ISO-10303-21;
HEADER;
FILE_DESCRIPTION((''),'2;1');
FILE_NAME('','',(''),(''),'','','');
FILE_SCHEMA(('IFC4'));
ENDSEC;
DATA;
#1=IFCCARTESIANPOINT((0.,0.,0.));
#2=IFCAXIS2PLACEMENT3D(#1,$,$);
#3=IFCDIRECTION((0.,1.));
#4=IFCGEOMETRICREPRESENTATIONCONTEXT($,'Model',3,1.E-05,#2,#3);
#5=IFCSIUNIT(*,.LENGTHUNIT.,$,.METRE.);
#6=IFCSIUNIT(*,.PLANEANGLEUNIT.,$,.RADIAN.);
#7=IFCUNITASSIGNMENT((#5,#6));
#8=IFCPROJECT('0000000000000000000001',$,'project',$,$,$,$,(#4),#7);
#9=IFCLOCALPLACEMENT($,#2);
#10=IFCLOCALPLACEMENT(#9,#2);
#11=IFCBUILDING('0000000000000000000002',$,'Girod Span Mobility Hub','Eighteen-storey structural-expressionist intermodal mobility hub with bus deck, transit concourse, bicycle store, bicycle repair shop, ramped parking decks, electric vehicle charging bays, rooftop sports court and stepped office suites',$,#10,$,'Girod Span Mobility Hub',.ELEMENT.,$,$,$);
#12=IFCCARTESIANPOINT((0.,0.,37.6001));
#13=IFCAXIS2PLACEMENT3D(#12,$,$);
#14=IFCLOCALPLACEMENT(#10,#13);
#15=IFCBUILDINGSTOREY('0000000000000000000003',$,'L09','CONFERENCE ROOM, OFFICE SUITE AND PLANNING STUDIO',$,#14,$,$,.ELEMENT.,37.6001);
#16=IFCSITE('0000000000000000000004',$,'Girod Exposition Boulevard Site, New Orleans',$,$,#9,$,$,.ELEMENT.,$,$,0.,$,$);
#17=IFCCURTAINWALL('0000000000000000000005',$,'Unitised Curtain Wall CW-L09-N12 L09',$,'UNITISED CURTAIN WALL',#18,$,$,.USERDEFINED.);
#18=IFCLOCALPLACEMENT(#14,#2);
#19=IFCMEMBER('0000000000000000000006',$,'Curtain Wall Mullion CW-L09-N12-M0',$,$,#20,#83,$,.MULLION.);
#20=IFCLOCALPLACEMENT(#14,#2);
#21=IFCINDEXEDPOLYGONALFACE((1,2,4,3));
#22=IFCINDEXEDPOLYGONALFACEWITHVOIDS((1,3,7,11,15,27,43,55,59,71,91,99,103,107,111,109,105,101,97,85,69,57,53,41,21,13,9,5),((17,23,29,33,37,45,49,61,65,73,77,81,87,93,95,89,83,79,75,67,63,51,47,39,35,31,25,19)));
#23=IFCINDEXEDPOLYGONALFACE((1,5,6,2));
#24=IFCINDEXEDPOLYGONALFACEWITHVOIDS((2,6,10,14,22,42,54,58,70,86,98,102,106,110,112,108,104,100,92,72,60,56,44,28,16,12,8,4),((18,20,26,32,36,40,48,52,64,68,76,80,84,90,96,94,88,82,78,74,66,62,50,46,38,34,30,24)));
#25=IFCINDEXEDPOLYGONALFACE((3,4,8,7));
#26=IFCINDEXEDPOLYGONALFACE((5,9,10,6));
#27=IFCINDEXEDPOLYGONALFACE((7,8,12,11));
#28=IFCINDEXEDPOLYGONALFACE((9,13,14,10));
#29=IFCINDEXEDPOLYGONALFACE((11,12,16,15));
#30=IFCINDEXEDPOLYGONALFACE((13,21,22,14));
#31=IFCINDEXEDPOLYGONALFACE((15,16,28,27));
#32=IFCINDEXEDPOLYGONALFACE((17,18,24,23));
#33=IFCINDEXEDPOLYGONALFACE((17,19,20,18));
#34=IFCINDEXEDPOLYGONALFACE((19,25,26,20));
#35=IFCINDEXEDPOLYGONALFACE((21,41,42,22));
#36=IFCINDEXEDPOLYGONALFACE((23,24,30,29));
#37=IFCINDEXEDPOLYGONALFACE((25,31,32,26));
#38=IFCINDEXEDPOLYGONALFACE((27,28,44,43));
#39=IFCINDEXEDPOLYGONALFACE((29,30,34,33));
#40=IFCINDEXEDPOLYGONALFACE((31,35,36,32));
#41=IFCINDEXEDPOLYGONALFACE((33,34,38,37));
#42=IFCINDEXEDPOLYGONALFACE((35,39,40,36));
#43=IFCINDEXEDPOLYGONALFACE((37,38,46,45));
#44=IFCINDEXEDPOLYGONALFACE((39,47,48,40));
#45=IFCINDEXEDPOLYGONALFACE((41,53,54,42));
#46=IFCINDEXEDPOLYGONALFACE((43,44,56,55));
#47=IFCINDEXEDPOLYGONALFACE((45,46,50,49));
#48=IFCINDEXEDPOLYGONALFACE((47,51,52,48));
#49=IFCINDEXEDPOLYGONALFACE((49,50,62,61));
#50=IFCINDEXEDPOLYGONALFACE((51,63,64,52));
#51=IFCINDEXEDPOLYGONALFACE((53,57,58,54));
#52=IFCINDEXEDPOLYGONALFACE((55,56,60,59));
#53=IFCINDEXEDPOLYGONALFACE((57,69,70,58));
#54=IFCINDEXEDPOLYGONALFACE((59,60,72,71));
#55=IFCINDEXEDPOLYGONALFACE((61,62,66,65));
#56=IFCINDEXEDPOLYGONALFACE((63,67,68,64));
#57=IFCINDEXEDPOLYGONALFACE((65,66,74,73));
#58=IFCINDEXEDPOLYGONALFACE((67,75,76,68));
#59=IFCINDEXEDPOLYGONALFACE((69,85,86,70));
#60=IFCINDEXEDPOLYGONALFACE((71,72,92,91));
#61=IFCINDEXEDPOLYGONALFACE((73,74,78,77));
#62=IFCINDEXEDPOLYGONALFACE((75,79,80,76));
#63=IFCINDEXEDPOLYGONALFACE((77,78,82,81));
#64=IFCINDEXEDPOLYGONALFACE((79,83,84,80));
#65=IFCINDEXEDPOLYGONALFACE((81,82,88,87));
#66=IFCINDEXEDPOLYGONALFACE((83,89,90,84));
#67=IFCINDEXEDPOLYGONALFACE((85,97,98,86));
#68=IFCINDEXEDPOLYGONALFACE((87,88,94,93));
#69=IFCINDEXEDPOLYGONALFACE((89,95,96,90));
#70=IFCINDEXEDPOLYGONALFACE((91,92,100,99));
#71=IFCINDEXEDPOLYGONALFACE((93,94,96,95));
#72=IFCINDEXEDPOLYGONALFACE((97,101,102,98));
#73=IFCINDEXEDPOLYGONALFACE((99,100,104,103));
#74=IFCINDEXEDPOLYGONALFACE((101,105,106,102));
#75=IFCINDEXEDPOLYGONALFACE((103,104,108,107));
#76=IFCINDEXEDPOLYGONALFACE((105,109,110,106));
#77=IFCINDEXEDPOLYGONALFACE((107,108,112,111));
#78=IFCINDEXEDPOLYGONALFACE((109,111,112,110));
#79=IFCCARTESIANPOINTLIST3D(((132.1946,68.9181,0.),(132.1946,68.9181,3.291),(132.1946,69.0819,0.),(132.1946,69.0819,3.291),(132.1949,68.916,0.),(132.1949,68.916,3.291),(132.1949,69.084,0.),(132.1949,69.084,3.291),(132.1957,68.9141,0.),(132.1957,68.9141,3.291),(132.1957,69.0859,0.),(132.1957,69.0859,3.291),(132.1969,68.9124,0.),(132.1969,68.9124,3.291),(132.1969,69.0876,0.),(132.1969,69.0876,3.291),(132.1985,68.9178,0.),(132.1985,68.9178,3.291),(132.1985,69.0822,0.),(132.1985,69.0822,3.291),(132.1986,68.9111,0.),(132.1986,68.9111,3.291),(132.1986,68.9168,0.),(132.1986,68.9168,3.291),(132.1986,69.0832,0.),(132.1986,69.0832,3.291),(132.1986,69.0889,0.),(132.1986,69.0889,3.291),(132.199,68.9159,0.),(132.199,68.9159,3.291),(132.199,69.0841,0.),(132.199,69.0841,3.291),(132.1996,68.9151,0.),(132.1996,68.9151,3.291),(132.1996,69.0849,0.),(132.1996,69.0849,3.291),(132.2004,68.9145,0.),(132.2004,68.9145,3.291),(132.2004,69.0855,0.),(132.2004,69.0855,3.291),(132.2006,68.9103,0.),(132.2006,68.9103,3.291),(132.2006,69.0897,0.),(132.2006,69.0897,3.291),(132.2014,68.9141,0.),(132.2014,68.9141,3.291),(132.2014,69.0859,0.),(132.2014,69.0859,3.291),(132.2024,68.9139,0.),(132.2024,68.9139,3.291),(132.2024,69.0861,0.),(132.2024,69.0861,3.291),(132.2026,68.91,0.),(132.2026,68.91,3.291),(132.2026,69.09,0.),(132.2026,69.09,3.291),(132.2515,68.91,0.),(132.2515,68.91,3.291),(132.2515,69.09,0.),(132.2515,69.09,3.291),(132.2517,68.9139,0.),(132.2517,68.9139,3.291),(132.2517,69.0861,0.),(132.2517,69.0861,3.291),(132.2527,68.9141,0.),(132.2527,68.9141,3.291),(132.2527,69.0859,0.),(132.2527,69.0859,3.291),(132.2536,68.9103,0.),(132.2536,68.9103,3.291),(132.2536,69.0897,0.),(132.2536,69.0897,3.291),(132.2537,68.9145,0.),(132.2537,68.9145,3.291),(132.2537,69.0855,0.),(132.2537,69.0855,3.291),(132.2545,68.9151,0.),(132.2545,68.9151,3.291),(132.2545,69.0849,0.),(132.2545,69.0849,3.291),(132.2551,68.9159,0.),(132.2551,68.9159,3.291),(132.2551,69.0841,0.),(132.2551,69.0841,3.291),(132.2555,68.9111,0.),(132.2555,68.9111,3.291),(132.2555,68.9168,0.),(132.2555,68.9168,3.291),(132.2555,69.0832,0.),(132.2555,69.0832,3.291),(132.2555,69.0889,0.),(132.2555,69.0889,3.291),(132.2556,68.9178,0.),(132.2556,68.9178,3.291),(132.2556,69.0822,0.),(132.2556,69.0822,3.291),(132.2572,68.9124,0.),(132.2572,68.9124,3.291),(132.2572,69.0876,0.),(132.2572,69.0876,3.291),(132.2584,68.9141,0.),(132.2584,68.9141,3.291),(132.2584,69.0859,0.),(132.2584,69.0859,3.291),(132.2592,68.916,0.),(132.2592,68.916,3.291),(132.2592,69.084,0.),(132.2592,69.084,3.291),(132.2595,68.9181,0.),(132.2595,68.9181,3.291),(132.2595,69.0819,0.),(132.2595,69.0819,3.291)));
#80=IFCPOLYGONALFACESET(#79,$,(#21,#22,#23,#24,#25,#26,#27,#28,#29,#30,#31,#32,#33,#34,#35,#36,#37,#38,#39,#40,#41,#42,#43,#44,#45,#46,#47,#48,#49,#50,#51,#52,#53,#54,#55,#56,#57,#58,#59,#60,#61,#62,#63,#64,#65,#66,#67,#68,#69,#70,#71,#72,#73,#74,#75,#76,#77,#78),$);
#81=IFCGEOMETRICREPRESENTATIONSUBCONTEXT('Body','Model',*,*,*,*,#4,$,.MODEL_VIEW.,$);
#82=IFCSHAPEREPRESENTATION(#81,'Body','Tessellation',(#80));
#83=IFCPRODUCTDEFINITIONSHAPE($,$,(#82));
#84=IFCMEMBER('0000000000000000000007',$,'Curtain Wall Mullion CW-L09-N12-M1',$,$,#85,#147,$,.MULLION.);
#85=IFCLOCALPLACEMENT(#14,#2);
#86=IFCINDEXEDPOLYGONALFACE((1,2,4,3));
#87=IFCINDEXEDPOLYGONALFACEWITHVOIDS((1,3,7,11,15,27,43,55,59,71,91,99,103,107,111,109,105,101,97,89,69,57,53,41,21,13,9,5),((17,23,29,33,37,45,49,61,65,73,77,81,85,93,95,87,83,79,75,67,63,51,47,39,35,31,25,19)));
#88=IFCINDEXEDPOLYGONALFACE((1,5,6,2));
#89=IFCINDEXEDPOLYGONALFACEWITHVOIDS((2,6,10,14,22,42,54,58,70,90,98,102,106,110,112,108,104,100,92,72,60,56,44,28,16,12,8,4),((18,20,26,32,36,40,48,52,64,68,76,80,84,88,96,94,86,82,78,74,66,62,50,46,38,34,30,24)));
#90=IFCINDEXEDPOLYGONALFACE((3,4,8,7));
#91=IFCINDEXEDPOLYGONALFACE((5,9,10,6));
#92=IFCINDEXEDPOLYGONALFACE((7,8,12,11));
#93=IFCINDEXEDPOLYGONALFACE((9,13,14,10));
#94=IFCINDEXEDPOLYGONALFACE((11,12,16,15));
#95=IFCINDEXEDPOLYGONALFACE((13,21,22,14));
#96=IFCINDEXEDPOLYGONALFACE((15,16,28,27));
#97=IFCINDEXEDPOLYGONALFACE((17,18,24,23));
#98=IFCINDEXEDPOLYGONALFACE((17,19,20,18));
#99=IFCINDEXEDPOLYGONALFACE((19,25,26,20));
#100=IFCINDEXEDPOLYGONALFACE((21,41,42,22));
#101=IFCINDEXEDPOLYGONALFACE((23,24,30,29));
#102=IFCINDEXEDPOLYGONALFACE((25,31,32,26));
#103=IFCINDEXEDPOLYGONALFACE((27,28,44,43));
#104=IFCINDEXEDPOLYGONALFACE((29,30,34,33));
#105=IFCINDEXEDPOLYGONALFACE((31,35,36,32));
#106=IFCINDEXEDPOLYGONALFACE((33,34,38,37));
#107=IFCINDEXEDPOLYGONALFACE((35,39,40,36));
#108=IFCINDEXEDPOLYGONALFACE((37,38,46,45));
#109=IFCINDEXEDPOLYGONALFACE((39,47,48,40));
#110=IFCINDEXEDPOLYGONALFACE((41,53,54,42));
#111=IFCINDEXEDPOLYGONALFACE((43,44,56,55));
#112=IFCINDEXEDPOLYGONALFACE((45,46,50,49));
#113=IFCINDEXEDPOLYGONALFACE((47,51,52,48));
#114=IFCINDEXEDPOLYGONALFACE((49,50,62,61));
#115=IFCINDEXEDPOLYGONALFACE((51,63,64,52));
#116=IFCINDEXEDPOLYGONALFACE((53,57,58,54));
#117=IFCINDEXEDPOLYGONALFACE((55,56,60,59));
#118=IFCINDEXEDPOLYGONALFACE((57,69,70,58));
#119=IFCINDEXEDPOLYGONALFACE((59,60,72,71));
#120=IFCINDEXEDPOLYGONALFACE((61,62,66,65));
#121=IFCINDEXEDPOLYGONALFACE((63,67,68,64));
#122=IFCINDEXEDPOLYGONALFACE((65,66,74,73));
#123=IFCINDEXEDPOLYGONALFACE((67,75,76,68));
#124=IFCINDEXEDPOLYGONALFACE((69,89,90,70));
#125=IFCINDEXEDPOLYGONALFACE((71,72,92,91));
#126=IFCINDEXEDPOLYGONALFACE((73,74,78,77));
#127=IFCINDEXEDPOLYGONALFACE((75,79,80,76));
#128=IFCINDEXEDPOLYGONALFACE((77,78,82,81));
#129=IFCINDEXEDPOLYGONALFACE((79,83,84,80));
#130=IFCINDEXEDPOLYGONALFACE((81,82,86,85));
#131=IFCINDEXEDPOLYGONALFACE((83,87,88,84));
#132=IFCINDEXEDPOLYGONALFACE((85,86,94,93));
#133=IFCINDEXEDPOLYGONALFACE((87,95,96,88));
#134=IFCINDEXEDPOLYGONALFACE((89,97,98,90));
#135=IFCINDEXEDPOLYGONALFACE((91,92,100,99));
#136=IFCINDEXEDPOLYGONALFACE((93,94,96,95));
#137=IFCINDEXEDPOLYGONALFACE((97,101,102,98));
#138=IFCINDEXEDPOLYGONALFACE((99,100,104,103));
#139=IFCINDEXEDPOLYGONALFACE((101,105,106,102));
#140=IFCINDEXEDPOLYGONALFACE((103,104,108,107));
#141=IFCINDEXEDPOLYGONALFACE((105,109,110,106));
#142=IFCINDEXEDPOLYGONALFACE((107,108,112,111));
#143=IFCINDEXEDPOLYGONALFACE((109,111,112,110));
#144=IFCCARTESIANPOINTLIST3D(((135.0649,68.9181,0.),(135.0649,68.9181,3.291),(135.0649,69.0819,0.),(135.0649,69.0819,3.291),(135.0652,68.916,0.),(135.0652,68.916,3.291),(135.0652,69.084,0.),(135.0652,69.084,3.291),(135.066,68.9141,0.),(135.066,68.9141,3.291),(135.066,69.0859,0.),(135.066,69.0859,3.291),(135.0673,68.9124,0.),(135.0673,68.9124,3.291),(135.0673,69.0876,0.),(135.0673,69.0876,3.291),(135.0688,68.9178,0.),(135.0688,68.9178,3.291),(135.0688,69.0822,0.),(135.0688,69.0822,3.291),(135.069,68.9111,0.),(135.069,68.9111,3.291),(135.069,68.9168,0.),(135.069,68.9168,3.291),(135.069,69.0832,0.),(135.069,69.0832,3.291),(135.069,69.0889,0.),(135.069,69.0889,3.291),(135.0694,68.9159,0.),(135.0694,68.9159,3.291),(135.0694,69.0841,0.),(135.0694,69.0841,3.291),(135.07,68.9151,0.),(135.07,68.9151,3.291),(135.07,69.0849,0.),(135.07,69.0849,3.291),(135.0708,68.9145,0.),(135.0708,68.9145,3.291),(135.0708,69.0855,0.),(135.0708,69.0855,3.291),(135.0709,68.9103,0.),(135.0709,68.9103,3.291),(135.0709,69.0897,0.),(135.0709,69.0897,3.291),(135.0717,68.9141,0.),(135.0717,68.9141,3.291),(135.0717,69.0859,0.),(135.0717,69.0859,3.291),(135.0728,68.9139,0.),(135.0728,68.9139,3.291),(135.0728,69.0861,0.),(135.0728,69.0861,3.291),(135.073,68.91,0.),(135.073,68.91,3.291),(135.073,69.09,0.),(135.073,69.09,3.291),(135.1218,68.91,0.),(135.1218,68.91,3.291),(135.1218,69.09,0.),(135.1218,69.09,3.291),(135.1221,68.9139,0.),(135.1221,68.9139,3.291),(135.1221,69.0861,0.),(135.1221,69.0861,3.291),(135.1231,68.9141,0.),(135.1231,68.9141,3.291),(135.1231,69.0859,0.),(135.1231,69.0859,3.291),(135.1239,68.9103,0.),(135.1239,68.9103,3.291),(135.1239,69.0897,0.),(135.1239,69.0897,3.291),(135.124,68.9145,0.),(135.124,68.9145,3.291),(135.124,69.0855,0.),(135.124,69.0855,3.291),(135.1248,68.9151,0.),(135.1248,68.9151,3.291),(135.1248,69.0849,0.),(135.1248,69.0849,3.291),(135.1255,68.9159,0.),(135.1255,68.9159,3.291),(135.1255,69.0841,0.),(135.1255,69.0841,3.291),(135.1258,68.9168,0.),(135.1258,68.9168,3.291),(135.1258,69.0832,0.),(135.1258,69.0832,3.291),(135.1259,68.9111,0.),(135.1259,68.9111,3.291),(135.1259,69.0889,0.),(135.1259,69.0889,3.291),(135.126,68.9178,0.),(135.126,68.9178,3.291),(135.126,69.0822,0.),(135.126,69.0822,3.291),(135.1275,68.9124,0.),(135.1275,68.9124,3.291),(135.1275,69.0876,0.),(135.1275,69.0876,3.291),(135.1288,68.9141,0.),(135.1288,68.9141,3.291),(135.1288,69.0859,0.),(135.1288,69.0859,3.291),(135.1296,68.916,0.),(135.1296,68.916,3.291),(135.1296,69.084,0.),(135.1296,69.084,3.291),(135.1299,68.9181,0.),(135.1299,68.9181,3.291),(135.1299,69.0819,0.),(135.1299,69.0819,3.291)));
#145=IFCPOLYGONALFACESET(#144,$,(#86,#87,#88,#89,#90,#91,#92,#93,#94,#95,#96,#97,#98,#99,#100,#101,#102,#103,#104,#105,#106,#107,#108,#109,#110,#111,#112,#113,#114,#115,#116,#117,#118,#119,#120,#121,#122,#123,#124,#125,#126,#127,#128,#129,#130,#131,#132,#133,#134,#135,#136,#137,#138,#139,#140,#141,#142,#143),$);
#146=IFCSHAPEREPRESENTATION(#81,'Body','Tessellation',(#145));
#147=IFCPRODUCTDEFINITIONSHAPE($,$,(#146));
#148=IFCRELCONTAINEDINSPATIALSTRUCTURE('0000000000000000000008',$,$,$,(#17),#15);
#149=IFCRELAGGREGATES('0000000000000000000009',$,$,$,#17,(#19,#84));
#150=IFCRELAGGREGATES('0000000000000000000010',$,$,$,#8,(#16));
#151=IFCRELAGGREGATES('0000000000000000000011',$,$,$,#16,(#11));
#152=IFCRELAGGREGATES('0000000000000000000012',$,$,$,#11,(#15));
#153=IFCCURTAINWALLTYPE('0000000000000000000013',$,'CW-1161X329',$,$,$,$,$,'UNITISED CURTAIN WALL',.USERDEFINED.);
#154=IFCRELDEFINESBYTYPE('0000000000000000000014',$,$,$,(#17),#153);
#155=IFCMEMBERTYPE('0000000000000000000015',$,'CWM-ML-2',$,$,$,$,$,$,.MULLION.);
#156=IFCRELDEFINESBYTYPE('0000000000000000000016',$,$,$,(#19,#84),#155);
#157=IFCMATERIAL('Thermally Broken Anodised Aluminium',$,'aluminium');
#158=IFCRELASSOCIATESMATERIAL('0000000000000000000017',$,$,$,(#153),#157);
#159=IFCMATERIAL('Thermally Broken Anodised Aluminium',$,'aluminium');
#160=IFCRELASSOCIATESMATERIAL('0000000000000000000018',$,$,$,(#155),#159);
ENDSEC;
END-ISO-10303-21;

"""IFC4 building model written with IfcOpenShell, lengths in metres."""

from ifc_helpers import new_model, si_unit, direction, frame, origin, origin_2d, place, context, subcontext, project, spatial, hollow_rectangle, extrude, material, material_profile, profile_set, type_object, element, aggregate, save


model = new_model("IFC4")

# Units and contexts
model_context = context("Model", 3, precision=1e-05, world=origin(), true_north=direction((0.0, 1.0)))
body_context = subcontext(model_context, "Body", "Model", "MODEL_VIEW")
ifc_project = project(units=[si_unit("LENGTHUNIT", "METRE"), si_unit("PLANEANGLEUNIT", "RADIAN")], contexts=[model_context])

# Site, building, storey
site_placement = place(None, origin())
site = spatial("IfcSite", under=ifc_project, at=site_placement, Name="Girod Exposition Boulevard Site, New Orleans", CompositionType="ELEMENT", RefElevation=0.0)
building_placement = place(site_placement, origin())
building = spatial("IfcBuilding", under=site, at=building_placement, Name="Girod Span Mobility Hub", Description="Eighteen-storey structural-expressionist intermodal mobility hub with bus deck, transit concourse, bicycle store, bicycle repair shop, ramped parking decks, electric vehicle charging bays, rooftop sports court and stepped office suites", LongName="Girod Span Mobility Hub", CompositionType="ELEMENT")
storey_placement = place(building_placement, frame((0.0, 0.0, 37.6001)))
storey = spatial("IfcBuildingStorey", under=building, at=storey_placement, Name="L09", Description="CONFERENCE ROOM, OFFICE SUITE AND PLANNING STUDIO", CompositionType="ELEMENT", Elevation=37.6001)

# Curtain wall, members
ifc_material_1 = material(Name="Thermally Broken Anodised Aluminium", Category="aluminium")
curtain_wall_type = type_object("IfcCurtainWallType", Name="CW-1161X329", ElementType="UNITISED CURTAIN WALL", PredefinedType="USERDEFINED", material=ifc_material_1)
ifc_material_2 = material(Name="Thermally Broken Anodised Aluminium", Category="aluminium")
ifc_material_profile_1 = material_profile(ifc_material_2, hollow_rectangle(XDim=0.1799, YDim=0.0649, WallThickness=0.0039, InnerFilletRadius=0.0039, OuterFilletRadius=0.0081, at=origin_2d()), Name="CW-ML-65X180")
ifc_profile_set_1 = profile_set([ifc_material_profile_1], Name="Thermally Broken Anodised Aluminium")
member_type_1 = type_object("IfcMemberType", Name="CWM-ML-2", PredefinedType="MULLION", material=ifc_profile_set_1)
curtain_wall_1_placement = place(storey_placement, origin())
curtain_wall_1 = element("IfcCurtainWall", 1, at=curtain_wall_1_placement, inside=storey, type_object=curtain_wall_type, Name="Unitised Curtain Wall CW-L09-N12 L09", ObjectType="UNITISED CURTAIN WALL", PredefinedType="USERDEFINED")
member_1_placement = place(storey_placement, frame((132.2271, 69.0, 0.0), z_axis=(0.0, 0.0, 1.0), x_axis=(0.0, 1.0, 0.0)))
member_1 = element("IfcMember", 2, at=member_1_placement, type_object=member_type_1, Name="Curtain Wall Mullion CW-L09-N12-M0", PredefinedType="MULLION", context=body_context, shape_type="SweptSolid", body=[
    extrude(hollow_rectangle(XDim=0.1799, YDim=0.0649, WallThickness=0.0039, InnerFilletRadius=0.0039, OuterFilletRadius=0.0081, at=origin_2d()), origin(), (0.0, 0.0, 1.0), 3.291),
])
member_2_placement = place(storey_placement, frame((135.0974, 69.0, 0.0), z_axis=(0.0, 0.0, 1.0), x_axis=(0.0, 1.0, 0.0)))
member_2 = element("IfcMember", 3, at=member_2_placement, type_object=member_type_1, Name="Curtain Wall Mullion CW-L09-N12-M1", PredefinedType="MULLION", context=body_context, shape_type="SweptSolid", body=[
    extrude(hollow_rectangle(XDim=0.1799, YDim=0.0649, WallThickness=0.0039, InnerFilletRadius=0.0039, OuterFilletRadius=0.0081, at=origin_2d()), origin(), (0.0, 0.0, 1.0), 3.291),
])

aggregate(curtain_wall_1, [member_1, member_2])

save(model, "model.ifc")
